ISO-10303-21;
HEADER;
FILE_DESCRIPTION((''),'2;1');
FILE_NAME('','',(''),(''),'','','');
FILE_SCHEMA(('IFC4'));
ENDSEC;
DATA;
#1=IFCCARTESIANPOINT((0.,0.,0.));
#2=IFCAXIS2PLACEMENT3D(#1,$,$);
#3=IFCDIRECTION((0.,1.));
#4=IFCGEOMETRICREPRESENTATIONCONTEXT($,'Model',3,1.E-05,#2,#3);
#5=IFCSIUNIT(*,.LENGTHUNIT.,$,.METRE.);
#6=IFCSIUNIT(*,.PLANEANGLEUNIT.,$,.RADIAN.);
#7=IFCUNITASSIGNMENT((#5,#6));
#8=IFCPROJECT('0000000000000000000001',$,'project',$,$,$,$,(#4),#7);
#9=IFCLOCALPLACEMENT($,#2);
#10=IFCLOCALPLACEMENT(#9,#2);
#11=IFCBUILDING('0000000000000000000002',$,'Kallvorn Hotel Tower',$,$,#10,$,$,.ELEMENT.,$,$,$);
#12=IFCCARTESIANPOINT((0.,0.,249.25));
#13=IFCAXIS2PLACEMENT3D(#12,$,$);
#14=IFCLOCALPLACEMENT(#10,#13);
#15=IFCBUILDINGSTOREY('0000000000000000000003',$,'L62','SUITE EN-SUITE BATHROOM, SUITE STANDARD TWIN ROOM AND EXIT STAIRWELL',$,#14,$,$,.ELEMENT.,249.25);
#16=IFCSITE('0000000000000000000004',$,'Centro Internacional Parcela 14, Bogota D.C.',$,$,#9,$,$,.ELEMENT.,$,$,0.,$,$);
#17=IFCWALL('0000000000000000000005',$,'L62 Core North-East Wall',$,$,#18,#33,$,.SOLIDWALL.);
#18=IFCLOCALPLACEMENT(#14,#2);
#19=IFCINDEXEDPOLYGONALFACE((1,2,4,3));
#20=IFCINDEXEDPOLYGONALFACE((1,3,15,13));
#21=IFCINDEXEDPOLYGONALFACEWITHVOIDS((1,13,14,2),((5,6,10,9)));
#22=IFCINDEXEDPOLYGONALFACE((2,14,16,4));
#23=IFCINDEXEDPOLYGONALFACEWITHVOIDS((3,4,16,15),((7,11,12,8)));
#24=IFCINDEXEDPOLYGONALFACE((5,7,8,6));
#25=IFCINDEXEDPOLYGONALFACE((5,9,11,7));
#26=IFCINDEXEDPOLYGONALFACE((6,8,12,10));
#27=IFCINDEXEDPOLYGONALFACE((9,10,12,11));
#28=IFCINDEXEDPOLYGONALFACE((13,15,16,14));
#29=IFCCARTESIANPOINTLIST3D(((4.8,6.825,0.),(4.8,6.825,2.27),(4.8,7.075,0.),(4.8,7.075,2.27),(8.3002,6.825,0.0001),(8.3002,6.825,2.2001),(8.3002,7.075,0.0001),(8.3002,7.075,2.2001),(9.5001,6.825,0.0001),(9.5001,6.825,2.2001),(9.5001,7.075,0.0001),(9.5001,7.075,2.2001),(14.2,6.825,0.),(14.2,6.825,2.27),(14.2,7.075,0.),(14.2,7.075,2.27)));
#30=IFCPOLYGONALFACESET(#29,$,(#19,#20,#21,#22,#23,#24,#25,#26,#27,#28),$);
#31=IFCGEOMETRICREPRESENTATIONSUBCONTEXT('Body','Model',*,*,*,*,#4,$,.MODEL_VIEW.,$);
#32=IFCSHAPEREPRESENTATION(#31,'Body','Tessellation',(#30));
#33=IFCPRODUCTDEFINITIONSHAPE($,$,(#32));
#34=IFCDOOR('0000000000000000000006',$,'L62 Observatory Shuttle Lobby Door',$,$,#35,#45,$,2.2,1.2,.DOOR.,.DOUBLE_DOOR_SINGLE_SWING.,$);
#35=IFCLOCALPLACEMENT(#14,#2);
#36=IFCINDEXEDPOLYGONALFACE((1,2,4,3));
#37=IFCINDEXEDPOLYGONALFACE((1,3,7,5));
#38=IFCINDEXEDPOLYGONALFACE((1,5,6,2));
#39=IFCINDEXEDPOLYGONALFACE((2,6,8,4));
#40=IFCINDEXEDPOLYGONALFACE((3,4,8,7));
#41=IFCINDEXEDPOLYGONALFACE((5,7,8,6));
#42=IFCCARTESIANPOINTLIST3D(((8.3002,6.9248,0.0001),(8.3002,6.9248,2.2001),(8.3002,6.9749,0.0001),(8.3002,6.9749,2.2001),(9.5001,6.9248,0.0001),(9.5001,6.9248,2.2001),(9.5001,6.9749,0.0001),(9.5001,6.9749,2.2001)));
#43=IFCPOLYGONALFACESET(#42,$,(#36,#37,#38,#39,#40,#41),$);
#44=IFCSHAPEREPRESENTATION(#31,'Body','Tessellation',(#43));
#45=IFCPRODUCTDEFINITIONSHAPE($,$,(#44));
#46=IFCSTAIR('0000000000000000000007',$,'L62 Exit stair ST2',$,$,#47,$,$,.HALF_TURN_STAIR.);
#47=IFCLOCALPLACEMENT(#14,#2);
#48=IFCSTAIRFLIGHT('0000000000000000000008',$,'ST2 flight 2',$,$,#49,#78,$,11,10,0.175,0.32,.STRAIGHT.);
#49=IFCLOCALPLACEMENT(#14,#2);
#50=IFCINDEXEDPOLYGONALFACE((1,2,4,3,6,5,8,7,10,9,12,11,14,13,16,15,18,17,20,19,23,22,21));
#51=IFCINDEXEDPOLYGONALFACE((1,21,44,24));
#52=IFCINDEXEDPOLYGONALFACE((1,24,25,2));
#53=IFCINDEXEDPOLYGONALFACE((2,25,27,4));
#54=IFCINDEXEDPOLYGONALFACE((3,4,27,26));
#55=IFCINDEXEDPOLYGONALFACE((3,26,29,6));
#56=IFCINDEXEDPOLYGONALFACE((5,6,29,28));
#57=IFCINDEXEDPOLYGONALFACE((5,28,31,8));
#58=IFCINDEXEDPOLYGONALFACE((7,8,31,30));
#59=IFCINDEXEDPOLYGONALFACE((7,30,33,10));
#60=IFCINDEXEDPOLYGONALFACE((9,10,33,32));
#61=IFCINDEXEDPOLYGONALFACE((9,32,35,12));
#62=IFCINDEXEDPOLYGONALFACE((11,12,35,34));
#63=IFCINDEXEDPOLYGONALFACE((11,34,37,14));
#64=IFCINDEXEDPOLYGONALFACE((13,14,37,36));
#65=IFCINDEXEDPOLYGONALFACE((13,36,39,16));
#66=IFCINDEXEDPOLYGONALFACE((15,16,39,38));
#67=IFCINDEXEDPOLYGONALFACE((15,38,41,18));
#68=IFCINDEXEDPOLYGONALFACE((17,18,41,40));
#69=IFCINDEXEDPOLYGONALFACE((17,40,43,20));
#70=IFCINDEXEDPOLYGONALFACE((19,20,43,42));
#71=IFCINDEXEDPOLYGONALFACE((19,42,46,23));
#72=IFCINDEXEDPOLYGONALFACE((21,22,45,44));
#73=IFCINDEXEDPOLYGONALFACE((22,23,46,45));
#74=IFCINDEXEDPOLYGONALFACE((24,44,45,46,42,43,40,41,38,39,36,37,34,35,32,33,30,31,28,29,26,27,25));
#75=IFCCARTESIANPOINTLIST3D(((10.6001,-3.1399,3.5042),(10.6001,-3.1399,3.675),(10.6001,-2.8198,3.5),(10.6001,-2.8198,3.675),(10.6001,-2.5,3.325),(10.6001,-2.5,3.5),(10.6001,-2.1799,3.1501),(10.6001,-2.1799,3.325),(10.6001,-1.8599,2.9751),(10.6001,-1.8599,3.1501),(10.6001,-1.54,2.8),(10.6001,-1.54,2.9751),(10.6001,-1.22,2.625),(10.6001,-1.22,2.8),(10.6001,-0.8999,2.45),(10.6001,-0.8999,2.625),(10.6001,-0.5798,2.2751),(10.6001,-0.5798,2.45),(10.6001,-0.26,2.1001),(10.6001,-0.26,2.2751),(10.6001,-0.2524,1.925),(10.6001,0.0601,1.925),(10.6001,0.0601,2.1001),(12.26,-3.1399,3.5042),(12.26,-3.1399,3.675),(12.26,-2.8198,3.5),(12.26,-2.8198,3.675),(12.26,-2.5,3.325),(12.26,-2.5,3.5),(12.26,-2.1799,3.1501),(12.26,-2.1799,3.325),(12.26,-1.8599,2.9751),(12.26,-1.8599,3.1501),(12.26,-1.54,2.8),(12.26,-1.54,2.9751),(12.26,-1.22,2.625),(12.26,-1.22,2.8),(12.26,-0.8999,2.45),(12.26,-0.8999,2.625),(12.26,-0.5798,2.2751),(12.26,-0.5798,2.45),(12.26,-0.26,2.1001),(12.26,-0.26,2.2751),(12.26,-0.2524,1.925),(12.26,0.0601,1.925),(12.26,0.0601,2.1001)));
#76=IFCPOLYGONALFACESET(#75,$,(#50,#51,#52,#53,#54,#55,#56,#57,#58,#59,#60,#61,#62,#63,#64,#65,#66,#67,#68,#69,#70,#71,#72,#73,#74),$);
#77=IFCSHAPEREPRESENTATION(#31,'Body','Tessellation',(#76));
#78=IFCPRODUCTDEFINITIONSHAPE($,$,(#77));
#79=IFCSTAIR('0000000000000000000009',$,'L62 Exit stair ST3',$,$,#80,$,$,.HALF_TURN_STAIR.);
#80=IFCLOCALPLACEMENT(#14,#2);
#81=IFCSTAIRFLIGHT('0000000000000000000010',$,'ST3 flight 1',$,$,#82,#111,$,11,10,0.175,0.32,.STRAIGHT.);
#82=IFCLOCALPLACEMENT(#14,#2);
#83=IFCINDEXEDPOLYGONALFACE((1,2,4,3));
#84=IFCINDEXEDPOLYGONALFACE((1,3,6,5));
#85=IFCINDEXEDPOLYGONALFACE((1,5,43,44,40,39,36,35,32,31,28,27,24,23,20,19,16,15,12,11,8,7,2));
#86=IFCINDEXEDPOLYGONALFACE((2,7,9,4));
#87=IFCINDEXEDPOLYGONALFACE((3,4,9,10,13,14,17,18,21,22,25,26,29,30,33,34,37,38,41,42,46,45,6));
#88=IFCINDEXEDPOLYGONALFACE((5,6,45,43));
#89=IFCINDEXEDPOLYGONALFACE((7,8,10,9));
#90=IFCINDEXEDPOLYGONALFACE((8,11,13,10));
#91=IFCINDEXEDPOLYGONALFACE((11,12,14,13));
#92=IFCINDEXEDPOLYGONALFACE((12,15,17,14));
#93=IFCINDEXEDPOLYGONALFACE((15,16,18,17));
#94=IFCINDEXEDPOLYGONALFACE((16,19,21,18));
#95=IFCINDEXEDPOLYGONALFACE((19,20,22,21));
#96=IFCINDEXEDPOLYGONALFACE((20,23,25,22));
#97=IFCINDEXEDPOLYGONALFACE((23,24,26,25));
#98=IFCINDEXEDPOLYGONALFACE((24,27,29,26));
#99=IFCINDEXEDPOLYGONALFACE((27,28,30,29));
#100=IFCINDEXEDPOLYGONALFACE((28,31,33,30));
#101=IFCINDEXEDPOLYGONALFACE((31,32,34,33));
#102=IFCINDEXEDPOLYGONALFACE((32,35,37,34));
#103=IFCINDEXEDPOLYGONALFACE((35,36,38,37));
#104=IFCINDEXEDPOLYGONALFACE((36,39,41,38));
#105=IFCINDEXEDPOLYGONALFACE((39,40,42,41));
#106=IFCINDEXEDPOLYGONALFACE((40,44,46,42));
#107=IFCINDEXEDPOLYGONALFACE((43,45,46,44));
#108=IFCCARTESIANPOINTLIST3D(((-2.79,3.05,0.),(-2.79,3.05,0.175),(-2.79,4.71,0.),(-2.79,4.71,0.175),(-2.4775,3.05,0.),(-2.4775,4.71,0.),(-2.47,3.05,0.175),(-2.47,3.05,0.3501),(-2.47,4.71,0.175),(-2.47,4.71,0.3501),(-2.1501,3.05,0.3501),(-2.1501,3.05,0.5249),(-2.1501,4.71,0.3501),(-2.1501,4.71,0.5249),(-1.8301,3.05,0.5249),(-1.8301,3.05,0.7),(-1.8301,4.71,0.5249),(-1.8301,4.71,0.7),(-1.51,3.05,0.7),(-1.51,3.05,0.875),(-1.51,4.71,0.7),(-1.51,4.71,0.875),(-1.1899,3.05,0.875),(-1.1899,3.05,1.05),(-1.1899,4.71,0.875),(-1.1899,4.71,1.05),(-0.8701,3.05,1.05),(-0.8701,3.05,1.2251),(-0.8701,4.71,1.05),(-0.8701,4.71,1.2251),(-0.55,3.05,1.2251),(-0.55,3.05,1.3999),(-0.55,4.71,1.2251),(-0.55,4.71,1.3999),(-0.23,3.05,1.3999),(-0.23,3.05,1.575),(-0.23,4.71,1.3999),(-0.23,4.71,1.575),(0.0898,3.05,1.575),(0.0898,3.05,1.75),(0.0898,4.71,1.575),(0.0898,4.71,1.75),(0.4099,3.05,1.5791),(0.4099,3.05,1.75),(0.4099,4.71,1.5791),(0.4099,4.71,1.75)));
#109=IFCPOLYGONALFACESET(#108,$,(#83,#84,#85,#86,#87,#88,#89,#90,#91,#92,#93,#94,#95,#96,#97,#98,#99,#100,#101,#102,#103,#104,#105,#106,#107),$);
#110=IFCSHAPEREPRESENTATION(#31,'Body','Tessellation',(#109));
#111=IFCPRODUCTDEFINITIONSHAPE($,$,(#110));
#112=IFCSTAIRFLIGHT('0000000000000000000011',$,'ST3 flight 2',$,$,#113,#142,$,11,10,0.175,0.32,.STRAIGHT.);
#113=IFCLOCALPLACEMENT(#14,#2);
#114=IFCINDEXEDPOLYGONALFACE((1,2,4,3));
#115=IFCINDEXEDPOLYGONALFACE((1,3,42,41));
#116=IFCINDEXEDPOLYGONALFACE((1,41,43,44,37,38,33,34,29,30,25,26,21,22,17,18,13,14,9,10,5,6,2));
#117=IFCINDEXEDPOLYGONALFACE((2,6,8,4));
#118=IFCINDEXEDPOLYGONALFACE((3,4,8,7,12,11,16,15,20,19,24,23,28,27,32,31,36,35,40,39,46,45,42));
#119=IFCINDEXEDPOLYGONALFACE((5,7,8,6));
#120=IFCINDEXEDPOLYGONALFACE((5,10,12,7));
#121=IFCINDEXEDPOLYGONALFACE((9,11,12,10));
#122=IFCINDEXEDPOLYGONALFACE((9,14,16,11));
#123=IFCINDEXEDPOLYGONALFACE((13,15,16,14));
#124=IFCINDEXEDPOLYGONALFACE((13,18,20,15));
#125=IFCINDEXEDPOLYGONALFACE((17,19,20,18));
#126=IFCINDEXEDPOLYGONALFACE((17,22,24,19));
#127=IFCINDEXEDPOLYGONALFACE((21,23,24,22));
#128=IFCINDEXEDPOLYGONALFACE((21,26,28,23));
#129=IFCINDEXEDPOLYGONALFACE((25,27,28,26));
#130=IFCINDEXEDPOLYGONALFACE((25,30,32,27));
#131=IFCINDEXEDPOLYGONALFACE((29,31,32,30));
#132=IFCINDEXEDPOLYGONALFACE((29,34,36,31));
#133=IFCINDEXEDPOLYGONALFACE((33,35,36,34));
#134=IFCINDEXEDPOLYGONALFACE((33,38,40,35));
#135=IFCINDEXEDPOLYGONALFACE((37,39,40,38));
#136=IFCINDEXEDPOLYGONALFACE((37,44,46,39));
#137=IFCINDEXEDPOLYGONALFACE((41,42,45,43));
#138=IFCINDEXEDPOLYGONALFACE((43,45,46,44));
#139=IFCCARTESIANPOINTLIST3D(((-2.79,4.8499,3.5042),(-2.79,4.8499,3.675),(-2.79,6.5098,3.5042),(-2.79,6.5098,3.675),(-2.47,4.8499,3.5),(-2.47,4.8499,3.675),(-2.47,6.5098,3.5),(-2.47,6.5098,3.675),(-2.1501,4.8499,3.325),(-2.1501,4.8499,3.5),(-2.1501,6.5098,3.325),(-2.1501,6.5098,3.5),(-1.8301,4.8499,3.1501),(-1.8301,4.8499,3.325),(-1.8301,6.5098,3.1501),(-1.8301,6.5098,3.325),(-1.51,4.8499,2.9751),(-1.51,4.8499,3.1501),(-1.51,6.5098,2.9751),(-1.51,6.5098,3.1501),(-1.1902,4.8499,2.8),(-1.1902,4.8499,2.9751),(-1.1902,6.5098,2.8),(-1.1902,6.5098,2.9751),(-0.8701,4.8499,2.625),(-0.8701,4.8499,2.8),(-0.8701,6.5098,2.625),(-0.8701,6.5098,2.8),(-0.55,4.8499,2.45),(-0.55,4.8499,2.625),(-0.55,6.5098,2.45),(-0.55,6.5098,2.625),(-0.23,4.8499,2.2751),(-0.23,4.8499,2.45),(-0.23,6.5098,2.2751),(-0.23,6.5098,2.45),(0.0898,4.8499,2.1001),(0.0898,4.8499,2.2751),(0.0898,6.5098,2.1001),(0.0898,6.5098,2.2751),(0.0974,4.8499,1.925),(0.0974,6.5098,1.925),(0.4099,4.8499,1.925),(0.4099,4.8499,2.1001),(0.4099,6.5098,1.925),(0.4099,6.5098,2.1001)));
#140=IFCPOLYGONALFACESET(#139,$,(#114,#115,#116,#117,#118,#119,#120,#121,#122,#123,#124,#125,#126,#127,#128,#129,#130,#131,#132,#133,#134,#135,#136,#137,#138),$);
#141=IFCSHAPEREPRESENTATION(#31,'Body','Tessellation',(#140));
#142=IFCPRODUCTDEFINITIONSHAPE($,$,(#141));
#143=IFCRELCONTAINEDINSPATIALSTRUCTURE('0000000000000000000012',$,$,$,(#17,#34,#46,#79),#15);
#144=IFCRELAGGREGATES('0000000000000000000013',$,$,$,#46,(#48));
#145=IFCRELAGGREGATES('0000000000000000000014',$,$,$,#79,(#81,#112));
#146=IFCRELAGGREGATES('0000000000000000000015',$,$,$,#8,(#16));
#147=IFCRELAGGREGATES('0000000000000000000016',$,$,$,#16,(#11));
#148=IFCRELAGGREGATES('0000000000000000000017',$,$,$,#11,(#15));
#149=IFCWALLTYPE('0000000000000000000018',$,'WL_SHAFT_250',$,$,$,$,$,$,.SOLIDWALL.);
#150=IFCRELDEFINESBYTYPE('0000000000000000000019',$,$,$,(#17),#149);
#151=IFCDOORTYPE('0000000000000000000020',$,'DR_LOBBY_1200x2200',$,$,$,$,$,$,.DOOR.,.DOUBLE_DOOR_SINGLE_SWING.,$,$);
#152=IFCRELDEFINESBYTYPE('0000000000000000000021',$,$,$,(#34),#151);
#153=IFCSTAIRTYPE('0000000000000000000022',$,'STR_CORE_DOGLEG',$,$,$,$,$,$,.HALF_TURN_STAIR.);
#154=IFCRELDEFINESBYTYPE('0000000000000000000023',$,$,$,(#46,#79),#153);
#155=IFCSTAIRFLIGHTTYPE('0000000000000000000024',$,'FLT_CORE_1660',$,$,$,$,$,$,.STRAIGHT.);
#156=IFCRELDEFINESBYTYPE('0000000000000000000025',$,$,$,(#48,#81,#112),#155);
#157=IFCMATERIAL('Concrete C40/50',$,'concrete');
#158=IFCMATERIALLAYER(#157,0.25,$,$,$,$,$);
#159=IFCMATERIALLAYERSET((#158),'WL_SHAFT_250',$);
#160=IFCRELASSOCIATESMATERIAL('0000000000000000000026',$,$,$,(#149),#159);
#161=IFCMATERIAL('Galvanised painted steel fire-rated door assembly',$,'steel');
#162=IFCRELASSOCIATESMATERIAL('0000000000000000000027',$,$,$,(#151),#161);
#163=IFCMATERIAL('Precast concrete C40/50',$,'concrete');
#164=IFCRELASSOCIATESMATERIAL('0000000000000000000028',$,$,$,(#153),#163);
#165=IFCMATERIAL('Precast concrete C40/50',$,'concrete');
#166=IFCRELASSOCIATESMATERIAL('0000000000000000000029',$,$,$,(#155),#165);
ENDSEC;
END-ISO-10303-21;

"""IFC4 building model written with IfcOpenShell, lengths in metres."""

from ifc_helpers import new_model, si_unit, direction, frame, frame_2d, origin, place, context, subcontext, project, spatial, polyline, rectangle, outline, extrude, material, layer, layer_set, type_object, element, fill, aggregate, save


model = new_model("IFC4")

# Units and contexts
model_context = context("Model", 3, precision=1e-05, world=origin(), true_north=direction((0.0, 1.0)))
body_context = subcontext(model_context, "Body", "Model", "MODEL_VIEW")
ifc_project = project(units=[si_unit("LENGTHUNIT", "METRE"), si_unit("PLANEANGLEUNIT", "RADIAN")], contexts=[model_context])

# Site, building, storey
site_placement = place(None, origin())
site = spatial("IfcSite", under=ifc_project, at=site_placement, Name="Centro Internacional Parcela 14, Bogota D.C.", CompositionType="ELEMENT", RefElevation=0.0)
building_placement = place(site_placement, origin())
building = spatial("IfcBuilding", under=site, at=building_placement, Name="Kallvorn Hotel Tower", CompositionType="ELEMENT")
storey_placement = place(building_placement, frame((0.0, 0.0, 249.25)))
storey = spatial("IfcBuildingStorey", under=building, at=storey_placement, Name="L62", Description="SUITE EN-SUITE BATHROOM, SUITE STANDARD TWIN ROOM AND EXIT STAIRWELL", CompositionType="ELEMENT", Elevation=249.25)

# Wall, opening, door
ifc_material_1 = material(Name="Concrete C40/50", Category="concrete")
ifc_layer_1 = layer(ifc_material_1, 0.25)
ifc_layer_set_1 = layer_set([ifc_layer_1], Name="WL_SHAFT_250")
wall_type_1 = type_object("IfcWallType", Name="WL_SHAFT_250", PredefinedType="SOLIDWALL", material=ifc_layer_set_1)
wall_1_placement = place(storey_placement, frame((4.8, 6.95, 0.0), z_axis=(0.0, 0.0, 1.0), x_axis=(1.0, 0.0, 0.0)))
wall_1 = element("IfcWall", 1, at=wall_1_placement, inside=storey, type_object=wall_type_1, Name="L62 Core North-East Wall", PredefinedType="SOLIDWALL", context=body_context, shape_type="SweptSolid", body=[
    extrude(rectangle(XDim=9.3999, YDim=0.25, at=frame_2d((4.7, 0.0))), origin(), (0.0, 0.0, 1.0), 2.27),
])
opening_1_placement = place(wall_1_placement, frame((3.5, 0.0, 0.0)))
opening_1 = element("IfcOpeningElement", 2, at=opening_1_placement, cuts=wall_1, PredefinedType="OPENING", context=body_context, shape_type="SweptSolid", body=[
    extrude(rectangle(XDim=1.2, YDim=2.2, at=frame_2d((0.6001, 1.1001))), frame((0.0, 0.1399, 0.0), z_axis=(0.0, -1.0, 0.0), x_axis=(1.0, 0.0, 0.0)), (0.0, 0.0, 1.0), 0.28),
])
ifc_material_2 = material(Name="Galvanised painted steel fire-rated door assembly", Category="steel")
door_type_1 = type_object("IfcDoorType", Name="DR_LOBBY_1200x2200", OperationType="DOUBLE_DOOR_SINGLE_SWING", PredefinedType="DOOR", material=ifc_material_2)
door_1_placement = place(opening_1_placement, origin())
door_1 = element("IfcDoor", 3, at=door_1_placement, inside=storey, type_object=door_type_1, Name="L62 Observatory Shuttle Lobby Door", OperationType="DOUBLE_DOOR_SINGLE_SWING", OverallHeight=2.2, OverallWidth=1.2, PredefinedType="DOOR", context=body_context, shape_type="SweptSolid", body=[
    extrude(rectangle(XDim=1.2, YDim=2.2, at=frame_2d((0.6001, 1.1001))), frame((0.0, 0.0249, 0.0), z_axis=(0.0, -1.0, 0.0), x_axis=(1.0, 0.0, 0.0)), (0.0, 0.0, 1.0), 0.05),
])
fill(opening_1, door_1)

# Stair, stair flight
ifc_material_3 = material(Name="Precast concrete C40/50", Category="concrete")
stair_type = type_object("IfcStairType", Name="STR_CORE_DOGLEG", PredefinedType="HALF_TURN_STAIR", material=ifc_material_3)
stair_1_placement = place(storey_placement, origin())
stair_1 = element("IfcStair", 4, at=stair_1_placement, inside=storey, type_object=stair_type, Name="L62 Exit stair ST2", PredefinedType="HALF_TURN_STAIR")
ifc_material_4 = material(Name="Precast concrete C40/50", Category="concrete")
stair_flight_type = type_object("IfcStairFlightType", Name="FLT_CORE_1660", PredefinedType="STRAIGHT", material=ifc_material_4)
stair_flight_1_placement = place(storey_placement, frame((11.4299, 0.0601, 1.925), z_axis=(0.0, 0.0, 1.0), x_axis=(0.0, -1.0, 0.0)))
stair_flight_1 = element("IfcStairFlight", 5, at=stair_flight_1_placement, type_object=stair_flight_type, Name="ST2 flight 2", NumberOfRisers=11, NumberOfTreads=10, PredefinedType="STRAIGHT", RiserHeight=0.175, TreadLength=0.32, context=body_context, shape_type="SweptSolid", body=[
    extrude(outline(polyline([(0.0, 0.0), (0.0, 0.175), (0.3201, 0.175), (0.3201, 0.3501), (0.6399, 0.3501), (0.6399, 0.5249), (0.96, 0.5249), (0.96, 0.7), (1.28, 0.7), (1.28, 0.875), (1.6001, 0.875), (1.6001, 1.05), (1.9199, 1.05), (1.9199, 1.2251), (2.24, 1.2251), (2.24, 1.3999), (2.5601, 1.3999), (2.5601, 1.575), (2.8799, 1.575), (2.8799, 1.75), (3.2, 1.75), (3.2, 1.925), (3.2, 1.5791), (0.3125, 0.0), (0.0, 0.0)])), frame((0.0, 0.8301, 0.0), z_axis=(0.0, -1.0, 0.0), x_axis=(1.0, 0.0, 0.0)), (0.0, 0.0, 1.0), 1.6599),
])
aggregate(stair_1, [stair_flight_1])

# Stair, stair flights
stair_2_placement = place(storey_placement, origin())
stair_2 = element("IfcStair", 6, at=stair_2_placement, inside=storey, type_object=stair_type, Name="L62 Exit stair ST3", PredefinedType="HALF_TURN_STAIR")
stair_flight_2_placement = place(storey_placement, frame((-2.79, 3.8799, 0.0), z_axis=(0.0, 0.0, 1.0), x_axis=(1.0, 0.0, 0.0)))
stair_flight_2 = element("IfcStairFlight", 7, at=stair_flight_2_placement, type_object=stair_flight_type, Name="ST3 flight 1", NumberOfRisers=11, NumberOfTreads=10, PredefinedType="STRAIGHT", RiserHeight=0.175, TreadLength=0.32, context=body_context, shape_type="SweptSolid", body=[
    extrude(outline(polyline([(0.0, 0.0), (0.0, 0.175), (0.3201, 0.175), (0.3201, 0.3501), (0.6399, 0.3501), (0.6399, 0.5249), (0.96, 0.5249), (0.96, 0.7), (1.28, 0.7), (1.28, 0.875), (1.6001, 0.875), (1.6001, 1.05), (1.9199, 1.05), (1.9199, 1.2251), (2.24, 1.2251), (2.24, 1.3999), (2.5601, 1.3999), (2.5601, 1.575), (2.8799, 1.575), (2.8799, 1.75), (3.2, 1.75), (3.2, 1.925), (3.2, 1.5791), (0.3125, 0.0), (0.0, 0.0)])), frame((0.0, 0.8301, 0.0), z_axis=(0.0, -1.0, 0.0), x_axis=(1.0, 0.0, 0.0)), (0.0, 0.0, 1.0), 1.6599),
])
stair_flight_3_placement = place(storey_placement, frame((0.4099, 5.6799, 1.925), z_axis=(0.0, 0.0, 1.0), x_axis=(-1.0, 0.0, 0.0)))
stair_flight_3 = element("IfcStairFlight", 8, at=stair_flight_3_placement, type_object=stair_flight_type, Name="ST3 flight 2", NumberOfRisers=11, NumberOfTreads=10, PredefinedType="STRAIGHT", RiserHeight=0.175, TreadLength=0.32, context=body_context, shape_type="SweptSolid", body=[
    extrude(outline(polyline([(0.0, 0.0), (0.0, 0.175), (0.3201, 0.175), (0.3201, 0.3501), (0.6399, 0.3501), (0.6399, 0.5249), (0.96, 0.5249), (0.96, 0.7), (1.28, 0.7), (1.28, 0.875), (1.6001, 0.875), (1.6001, 1.05), (1.9199, 1.05), (1.9199, 1.2251), (2.24, 1.2251), (2.24, 1.3999), (2.5601, 1.3999), (2.5601, 1.575), (2.8799, 1.575), (2.8799, 1.75), (3.2, 1.75), (3.2, 1.925), (3.2, 1.5791), (0.3125, 0.0), (0.0, 0.0)])), frame((0.0, 0.8301, 0.0), z_axis=(0.0, -1.0, 0.0), x_axis=(1.0, 0.0, 0.0)), (0.0, 0.0, 1.0), 1.6599),
])
aggregate(stair_2, [stair_flight_2, stair_flight_3])

save(model, "model.ifc")
